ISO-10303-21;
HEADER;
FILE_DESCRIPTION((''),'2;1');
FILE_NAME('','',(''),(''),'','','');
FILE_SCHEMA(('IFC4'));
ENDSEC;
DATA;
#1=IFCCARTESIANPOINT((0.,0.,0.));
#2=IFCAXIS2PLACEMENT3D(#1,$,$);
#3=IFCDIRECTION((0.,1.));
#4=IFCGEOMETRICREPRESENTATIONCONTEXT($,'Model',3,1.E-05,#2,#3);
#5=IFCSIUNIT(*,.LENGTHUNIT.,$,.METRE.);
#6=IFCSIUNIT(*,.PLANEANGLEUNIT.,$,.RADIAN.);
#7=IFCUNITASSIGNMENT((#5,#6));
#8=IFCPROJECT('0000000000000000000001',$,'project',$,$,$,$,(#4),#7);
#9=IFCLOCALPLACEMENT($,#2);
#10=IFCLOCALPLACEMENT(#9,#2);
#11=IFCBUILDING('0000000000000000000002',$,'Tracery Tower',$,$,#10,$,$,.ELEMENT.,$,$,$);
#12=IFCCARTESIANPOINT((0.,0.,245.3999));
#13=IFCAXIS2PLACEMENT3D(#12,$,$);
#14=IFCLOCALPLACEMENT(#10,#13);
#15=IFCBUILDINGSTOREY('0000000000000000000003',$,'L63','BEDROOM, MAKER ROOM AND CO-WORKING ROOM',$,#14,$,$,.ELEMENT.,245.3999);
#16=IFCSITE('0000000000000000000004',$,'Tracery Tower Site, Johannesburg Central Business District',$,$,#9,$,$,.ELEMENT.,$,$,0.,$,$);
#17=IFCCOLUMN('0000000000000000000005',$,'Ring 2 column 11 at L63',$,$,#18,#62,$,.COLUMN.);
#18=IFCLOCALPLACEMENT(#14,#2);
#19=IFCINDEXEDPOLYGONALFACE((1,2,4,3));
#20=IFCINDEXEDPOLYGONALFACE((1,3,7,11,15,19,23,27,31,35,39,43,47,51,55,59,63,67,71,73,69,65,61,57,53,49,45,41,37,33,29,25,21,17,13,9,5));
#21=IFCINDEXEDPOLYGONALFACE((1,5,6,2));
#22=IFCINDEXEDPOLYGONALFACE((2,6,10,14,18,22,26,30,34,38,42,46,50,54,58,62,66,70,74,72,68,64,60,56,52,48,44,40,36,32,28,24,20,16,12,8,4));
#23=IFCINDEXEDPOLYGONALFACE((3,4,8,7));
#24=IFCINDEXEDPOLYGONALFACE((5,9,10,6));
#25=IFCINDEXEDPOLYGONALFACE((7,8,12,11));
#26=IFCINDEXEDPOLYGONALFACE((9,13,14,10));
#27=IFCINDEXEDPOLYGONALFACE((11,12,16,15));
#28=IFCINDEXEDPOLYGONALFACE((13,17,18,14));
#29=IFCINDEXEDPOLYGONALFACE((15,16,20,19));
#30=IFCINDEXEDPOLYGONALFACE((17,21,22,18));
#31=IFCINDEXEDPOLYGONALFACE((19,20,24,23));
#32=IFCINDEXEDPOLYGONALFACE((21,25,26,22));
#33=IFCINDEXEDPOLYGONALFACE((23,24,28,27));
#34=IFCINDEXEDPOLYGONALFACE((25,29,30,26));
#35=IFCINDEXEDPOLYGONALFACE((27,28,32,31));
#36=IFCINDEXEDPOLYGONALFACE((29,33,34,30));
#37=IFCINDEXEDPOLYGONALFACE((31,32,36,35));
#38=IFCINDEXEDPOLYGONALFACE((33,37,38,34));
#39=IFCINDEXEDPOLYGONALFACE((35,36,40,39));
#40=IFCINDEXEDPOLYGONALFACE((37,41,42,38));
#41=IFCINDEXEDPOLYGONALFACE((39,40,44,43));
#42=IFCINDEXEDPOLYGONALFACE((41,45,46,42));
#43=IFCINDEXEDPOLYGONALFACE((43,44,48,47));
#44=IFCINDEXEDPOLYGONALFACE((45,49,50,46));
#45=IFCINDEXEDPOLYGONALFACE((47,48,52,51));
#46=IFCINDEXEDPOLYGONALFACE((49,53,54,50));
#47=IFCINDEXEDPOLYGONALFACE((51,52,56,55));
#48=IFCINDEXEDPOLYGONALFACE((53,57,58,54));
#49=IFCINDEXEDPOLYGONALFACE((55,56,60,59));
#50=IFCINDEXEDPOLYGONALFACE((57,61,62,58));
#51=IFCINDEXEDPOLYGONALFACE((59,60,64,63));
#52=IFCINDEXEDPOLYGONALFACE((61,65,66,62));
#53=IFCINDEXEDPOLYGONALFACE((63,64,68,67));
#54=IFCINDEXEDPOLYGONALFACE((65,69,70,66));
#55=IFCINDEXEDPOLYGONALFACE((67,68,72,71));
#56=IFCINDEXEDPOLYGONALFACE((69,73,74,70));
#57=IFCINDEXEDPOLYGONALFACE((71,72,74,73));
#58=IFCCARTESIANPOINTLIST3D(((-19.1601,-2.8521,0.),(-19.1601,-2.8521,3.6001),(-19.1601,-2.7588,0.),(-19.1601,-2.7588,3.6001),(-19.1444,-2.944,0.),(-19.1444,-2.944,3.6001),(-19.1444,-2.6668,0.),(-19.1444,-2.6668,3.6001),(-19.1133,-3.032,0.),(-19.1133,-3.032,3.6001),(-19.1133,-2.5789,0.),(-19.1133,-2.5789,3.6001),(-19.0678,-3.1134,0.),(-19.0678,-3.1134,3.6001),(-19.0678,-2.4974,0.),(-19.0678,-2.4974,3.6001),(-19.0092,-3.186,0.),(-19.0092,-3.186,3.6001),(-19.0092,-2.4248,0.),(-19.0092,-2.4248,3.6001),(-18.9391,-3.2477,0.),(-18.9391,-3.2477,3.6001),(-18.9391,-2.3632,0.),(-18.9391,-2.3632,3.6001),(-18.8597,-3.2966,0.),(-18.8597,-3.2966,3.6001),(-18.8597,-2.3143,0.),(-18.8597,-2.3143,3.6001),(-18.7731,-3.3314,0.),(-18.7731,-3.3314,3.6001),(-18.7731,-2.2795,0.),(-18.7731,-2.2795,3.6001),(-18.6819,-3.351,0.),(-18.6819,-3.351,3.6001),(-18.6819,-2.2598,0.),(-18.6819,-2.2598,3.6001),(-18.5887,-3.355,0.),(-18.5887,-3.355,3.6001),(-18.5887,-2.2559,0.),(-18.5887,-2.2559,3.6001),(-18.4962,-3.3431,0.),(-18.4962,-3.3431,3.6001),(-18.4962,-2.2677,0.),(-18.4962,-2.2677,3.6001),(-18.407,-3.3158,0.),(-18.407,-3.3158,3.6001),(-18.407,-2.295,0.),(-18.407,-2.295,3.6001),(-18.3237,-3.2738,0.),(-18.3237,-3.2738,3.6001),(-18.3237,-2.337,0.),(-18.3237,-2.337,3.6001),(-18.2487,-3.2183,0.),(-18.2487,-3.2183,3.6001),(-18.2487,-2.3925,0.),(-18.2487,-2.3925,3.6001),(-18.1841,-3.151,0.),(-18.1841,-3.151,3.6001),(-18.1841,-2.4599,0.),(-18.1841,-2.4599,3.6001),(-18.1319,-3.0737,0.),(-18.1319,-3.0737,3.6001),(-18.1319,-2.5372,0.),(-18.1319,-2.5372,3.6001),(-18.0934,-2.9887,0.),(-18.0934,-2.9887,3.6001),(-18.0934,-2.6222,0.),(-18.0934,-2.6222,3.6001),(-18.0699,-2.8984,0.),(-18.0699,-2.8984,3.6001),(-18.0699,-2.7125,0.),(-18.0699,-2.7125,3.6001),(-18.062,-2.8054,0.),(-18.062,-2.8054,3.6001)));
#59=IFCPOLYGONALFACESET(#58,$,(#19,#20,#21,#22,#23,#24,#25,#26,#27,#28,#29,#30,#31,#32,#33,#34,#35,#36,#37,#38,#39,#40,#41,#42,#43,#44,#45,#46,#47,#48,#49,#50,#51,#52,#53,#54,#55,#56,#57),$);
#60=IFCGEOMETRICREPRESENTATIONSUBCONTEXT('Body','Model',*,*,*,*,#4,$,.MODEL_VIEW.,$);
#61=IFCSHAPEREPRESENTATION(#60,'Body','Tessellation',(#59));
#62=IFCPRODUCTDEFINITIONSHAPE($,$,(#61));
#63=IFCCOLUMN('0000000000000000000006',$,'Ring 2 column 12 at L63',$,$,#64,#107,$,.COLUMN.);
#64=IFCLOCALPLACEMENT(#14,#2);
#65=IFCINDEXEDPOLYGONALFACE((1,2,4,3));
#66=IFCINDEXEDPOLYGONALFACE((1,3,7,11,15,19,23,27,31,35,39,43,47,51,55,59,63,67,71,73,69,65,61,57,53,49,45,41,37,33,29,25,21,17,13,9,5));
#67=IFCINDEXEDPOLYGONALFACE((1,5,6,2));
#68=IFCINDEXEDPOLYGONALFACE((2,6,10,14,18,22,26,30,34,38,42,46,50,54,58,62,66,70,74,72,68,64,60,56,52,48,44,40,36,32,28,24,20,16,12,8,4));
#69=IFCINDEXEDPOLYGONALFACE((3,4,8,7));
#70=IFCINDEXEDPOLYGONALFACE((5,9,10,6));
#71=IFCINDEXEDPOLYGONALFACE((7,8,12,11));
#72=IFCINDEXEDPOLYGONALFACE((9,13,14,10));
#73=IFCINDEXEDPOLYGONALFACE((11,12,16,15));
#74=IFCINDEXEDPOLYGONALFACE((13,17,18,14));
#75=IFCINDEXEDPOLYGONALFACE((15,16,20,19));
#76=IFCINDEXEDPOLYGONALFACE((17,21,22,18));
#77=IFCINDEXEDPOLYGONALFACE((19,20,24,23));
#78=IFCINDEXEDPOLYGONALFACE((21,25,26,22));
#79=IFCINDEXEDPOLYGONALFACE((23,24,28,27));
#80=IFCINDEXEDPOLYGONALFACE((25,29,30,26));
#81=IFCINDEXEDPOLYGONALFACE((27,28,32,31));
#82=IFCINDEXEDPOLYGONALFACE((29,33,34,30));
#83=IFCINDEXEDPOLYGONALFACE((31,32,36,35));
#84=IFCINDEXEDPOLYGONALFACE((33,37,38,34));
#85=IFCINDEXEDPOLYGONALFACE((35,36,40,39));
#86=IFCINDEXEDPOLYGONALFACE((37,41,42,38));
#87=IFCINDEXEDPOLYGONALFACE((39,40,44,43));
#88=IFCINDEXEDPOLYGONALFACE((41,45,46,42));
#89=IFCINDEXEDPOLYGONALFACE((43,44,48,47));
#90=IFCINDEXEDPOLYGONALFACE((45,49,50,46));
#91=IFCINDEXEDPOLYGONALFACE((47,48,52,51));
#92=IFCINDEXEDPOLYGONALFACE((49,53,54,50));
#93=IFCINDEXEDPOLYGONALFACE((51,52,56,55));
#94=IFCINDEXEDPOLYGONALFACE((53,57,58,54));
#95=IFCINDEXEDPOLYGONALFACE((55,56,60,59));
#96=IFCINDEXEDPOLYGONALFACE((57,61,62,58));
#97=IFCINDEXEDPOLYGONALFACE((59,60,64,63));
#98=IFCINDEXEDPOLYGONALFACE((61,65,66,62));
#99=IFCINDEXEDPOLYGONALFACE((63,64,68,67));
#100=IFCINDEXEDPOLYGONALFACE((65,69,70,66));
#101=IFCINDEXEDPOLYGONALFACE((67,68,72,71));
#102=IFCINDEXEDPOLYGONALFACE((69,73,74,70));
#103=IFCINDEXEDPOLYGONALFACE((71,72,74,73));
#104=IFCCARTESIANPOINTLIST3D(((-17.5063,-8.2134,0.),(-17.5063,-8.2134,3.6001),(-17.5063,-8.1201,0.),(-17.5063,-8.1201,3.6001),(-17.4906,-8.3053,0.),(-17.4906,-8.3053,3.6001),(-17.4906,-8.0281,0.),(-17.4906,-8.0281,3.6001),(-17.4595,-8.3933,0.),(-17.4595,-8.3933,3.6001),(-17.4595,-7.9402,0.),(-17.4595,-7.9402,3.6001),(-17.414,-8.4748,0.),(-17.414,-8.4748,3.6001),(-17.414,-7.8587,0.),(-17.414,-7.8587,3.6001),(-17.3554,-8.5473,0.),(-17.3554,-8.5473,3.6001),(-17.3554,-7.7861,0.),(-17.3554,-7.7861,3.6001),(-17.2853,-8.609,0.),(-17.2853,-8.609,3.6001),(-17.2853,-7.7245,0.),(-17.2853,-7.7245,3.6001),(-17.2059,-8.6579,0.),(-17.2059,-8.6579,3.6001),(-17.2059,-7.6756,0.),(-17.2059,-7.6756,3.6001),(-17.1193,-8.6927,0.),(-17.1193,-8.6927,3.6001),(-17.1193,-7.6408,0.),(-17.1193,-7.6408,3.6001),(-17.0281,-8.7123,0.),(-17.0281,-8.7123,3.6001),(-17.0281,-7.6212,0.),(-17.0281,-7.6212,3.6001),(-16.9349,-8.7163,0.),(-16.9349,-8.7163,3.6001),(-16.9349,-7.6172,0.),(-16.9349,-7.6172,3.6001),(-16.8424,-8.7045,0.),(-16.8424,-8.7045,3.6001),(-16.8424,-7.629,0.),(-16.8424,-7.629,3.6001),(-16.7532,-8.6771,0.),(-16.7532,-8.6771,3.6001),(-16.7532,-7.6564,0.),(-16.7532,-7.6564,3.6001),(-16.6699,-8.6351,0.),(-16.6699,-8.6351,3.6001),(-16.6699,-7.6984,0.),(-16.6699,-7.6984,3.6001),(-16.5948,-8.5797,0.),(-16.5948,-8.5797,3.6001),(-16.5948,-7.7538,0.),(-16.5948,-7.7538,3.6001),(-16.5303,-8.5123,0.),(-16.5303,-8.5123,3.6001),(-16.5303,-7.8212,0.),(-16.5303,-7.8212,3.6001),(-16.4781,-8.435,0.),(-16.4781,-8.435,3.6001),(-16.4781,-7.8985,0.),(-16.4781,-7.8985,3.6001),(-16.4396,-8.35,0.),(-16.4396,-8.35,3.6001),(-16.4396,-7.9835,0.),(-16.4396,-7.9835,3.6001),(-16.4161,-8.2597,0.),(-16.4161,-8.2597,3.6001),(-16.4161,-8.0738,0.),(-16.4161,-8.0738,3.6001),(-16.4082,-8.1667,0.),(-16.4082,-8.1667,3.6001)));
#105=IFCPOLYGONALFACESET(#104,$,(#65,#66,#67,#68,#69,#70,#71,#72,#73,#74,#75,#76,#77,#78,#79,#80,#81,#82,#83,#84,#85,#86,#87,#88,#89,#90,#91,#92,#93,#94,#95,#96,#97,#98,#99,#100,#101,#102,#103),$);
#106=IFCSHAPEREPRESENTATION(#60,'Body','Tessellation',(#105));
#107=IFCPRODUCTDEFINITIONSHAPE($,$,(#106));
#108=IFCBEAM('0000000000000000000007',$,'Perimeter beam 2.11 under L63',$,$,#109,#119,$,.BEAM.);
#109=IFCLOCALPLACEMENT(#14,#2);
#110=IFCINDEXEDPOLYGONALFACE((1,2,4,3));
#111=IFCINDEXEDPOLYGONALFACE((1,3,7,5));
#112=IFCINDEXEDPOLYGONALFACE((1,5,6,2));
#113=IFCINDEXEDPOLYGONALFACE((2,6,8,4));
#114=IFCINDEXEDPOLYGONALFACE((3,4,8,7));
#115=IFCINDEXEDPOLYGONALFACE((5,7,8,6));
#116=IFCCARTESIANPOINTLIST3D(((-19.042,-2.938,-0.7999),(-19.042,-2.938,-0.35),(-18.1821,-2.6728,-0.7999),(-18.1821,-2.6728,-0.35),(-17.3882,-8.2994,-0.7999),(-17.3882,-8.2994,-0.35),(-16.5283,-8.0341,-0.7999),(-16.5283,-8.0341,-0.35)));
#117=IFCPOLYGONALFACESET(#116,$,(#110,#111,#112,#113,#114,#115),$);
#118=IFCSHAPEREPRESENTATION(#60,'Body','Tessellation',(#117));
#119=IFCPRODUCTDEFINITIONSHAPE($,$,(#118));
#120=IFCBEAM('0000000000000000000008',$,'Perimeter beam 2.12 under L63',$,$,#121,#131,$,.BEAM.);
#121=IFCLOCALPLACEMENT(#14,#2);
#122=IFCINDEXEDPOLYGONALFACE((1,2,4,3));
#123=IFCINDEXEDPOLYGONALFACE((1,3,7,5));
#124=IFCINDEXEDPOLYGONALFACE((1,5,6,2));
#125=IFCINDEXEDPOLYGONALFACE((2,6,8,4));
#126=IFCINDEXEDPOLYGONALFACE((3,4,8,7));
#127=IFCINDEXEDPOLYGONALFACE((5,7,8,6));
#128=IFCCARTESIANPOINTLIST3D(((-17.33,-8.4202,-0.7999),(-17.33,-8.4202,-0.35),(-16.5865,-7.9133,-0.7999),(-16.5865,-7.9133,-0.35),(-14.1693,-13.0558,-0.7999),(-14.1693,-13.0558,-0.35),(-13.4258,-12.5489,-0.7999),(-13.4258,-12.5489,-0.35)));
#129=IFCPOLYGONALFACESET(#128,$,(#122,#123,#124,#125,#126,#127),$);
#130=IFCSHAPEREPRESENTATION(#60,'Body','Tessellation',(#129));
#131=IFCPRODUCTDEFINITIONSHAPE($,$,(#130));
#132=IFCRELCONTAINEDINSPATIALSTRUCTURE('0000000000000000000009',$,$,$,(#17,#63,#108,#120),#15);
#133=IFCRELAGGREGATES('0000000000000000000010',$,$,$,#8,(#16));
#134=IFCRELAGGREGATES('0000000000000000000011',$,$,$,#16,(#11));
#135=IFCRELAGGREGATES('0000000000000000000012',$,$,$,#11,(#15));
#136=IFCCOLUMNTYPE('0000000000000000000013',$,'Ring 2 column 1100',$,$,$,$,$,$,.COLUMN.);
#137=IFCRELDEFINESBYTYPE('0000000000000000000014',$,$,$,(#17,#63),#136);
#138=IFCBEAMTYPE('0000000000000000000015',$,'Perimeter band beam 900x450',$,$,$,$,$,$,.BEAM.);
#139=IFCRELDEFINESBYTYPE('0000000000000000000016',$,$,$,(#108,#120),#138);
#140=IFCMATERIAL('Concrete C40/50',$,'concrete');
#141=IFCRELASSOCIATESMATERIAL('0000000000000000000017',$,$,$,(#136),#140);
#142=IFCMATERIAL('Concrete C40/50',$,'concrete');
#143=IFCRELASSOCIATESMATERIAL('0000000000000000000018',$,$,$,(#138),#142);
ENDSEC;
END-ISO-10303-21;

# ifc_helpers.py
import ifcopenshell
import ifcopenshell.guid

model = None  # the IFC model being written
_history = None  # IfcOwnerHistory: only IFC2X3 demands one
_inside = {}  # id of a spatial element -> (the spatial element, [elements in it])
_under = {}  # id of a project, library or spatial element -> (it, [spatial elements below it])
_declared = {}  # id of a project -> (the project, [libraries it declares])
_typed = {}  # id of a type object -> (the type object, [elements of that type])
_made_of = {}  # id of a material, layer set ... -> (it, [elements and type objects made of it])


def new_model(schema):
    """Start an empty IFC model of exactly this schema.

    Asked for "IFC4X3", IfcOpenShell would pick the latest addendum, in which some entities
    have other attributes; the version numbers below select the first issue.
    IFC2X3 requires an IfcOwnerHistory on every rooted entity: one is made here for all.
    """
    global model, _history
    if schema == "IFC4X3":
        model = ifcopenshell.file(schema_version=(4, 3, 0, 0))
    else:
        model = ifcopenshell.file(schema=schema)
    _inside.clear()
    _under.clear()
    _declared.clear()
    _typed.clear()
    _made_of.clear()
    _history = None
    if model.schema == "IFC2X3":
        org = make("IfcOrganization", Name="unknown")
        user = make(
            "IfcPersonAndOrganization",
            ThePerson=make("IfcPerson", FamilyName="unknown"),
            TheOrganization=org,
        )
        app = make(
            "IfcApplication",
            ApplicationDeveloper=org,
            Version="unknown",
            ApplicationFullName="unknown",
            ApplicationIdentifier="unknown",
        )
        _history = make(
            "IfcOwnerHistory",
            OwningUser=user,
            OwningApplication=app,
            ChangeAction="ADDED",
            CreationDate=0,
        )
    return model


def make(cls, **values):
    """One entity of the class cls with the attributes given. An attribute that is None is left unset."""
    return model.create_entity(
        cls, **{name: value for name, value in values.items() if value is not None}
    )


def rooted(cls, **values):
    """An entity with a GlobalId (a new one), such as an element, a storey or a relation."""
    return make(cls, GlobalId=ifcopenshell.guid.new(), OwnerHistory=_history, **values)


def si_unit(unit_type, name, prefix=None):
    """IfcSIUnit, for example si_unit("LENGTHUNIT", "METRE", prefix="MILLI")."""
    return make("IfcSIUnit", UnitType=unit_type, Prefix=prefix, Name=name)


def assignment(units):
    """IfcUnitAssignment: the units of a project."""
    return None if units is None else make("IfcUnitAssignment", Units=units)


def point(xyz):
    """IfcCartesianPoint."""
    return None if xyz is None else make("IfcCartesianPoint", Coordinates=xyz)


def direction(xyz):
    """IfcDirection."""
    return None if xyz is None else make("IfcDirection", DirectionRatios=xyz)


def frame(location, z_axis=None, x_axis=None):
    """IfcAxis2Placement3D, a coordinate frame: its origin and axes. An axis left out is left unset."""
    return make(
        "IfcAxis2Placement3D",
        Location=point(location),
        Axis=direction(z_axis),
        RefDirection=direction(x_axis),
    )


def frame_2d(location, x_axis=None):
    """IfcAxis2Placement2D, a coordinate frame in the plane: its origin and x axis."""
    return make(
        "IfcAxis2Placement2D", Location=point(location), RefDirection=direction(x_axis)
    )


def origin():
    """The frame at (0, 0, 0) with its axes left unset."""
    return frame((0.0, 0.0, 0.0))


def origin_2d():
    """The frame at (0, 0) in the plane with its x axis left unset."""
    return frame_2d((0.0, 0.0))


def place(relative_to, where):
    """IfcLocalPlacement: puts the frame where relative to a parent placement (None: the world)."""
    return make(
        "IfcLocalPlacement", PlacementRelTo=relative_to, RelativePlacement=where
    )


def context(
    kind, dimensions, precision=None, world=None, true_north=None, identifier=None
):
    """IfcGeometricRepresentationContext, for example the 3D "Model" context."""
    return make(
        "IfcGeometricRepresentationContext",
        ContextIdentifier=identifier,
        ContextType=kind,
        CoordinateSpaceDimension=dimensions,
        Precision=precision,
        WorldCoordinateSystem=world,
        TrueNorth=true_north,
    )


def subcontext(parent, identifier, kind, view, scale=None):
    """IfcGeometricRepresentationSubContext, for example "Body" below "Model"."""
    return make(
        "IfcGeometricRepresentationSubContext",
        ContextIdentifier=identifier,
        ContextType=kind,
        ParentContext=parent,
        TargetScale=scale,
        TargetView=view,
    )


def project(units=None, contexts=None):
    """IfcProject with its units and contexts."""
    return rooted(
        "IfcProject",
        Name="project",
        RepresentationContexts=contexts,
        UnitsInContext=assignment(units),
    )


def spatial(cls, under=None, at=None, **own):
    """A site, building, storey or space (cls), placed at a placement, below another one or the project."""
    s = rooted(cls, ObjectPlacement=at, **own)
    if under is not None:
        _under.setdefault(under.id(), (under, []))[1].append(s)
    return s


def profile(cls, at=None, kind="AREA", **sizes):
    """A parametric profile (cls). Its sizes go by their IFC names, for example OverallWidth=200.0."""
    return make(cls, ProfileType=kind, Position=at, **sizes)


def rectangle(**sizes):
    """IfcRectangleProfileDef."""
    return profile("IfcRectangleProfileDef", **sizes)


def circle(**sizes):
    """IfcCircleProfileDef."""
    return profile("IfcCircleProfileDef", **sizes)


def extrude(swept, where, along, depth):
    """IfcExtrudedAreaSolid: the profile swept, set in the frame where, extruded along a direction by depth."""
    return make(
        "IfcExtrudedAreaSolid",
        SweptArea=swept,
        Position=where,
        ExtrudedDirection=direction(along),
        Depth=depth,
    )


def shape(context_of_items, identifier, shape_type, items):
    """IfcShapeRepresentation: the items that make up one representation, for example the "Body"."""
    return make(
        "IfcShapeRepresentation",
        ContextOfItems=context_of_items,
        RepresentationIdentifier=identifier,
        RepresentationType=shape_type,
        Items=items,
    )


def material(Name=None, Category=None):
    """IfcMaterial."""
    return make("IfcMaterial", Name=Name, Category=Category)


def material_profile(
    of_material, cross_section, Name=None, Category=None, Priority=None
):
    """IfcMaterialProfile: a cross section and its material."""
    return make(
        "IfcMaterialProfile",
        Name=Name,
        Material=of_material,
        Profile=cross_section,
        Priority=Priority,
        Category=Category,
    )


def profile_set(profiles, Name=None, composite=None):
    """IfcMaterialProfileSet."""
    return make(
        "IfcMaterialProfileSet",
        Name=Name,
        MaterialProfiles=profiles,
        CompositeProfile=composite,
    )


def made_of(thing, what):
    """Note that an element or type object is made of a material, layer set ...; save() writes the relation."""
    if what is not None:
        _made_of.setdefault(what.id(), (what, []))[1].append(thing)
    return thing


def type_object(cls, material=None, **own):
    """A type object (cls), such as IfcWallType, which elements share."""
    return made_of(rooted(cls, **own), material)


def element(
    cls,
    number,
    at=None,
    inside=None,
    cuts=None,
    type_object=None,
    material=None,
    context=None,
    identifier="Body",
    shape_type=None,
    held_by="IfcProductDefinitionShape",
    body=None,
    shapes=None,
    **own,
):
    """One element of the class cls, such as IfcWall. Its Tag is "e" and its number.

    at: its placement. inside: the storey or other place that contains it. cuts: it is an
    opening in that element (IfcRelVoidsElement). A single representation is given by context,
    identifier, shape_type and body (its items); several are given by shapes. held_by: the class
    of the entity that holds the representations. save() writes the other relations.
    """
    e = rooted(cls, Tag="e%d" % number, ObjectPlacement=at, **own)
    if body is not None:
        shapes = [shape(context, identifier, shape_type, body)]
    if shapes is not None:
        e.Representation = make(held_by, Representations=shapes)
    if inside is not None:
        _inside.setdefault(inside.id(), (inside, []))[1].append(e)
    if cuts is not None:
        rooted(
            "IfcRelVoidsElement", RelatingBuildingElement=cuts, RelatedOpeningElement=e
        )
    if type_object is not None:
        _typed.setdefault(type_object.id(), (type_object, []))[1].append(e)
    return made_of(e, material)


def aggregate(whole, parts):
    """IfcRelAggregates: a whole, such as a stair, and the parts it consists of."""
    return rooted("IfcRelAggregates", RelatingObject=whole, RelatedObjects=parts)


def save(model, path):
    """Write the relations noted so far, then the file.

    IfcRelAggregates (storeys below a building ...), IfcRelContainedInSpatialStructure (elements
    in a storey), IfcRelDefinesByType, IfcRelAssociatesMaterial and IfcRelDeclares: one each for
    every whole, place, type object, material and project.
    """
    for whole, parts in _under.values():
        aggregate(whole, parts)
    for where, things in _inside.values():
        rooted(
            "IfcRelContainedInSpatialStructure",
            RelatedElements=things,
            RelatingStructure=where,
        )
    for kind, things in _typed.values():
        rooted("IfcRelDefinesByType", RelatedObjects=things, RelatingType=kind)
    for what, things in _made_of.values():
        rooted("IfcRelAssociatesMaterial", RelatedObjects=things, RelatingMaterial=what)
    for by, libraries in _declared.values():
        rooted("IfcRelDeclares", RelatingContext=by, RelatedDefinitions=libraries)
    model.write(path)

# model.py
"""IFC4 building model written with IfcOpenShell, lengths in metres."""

from ifc_helpers import new_model, si_unit, direction, frame, origin, origin_2d, place, context, subcontext, project, spatial, rectangle, circle, extrude, material, material_profile, profile_set, type_object, element, save


model = new_model("IFC4")

# Units and contexts
model_context = context("Model", 3, precision=1e-05, world=origin(), true_north=direction((0.0, 1.0)))
body_context = subcontext(model_context, "Body", "Model", "MODEL_VIEW")
ifc_project = project(units=[si_unit("LENGTHUNIT", "METRE"), si_unit("PLANEANGLEUNIT", "RADIAN")], contexts=[model_context])

# Site, building, storey
site_placement = place(None, origin())
site = spatial("IfcSite", under=ifc_project, at=site_placement, Name="Tracery Tower Site, Johannesburg Central Business District", CompositionType="ELEMENT", RefElevation=0.0)
building_placement = place(site_placement, origin())
building = spatial("IfcBuilding", under=site, at=building_placement, Name="Tracery Tower", CompositionType="ELEMENT")
storey_placement = place(building_placement, frame((0.0, 0.0, 245.3999)))
storey = spatial("IfcBuildingStorey", under=building, at=storey_placement, Name="L63", Description="BEDROOM, MAKER ROOM AND CO-WORKING ROOM", CompositionType="ELEMENT", Elevation=245.3999)

# Columns
ifc_material_1 = material(Name="Concrete C40/50", Category="concrete")
ifc_material_profile_1 = material_profile(ifc_material_1, circle(Radius=0.55, at=origin_2d()), Name="RC D1100")
ifc_profile_set_1 = profile_set([ifc_material_profile_1], Name="Concrete C40/50")
column_type = type_object("IfcColumnType", Name="Ring 2 column 1100", PredefinedType="COLUMN", material=ifc_profile_set_1)
for number, where, z_axis, x_axis, name in (
    (1, (-18.6121, -2.8054, 0.0), (0.0, 0.0, 1.0), (1.0, 0.0, 0.0), "Ring 2 column 11 at L63"),
    (2, (-16.9583, -8.1667, 0.0), (0.0, 0.0, 1.0), (1.0, 0.0, 0.0), "Ring 2 column 12 at L63"),
):
    element("IfcColumn", number, at=place(storey_placement, frame(where, z_axis=z_axis, x_axis=x_axis)), inside=storey, type_object=column_type, Name=name, PredefinedType="COLUMN", context=body_context, shape_type="SweptSolid", body=[
        extrude(circle(Radius=0.55, at=origin_2d()), origin(), (0.0, 0.0, 1.0), 3.6001),
    ])

# Beams
ifc_material_2 = material(Name="Concrete C40/50", Category="concrete")
ifc_material_profile_2 = material_profile(ifc_material_2, rectangle(XDim=0.8999, YDim=0.45, at=origin_2d()), Name="RC 900x450")
ifc_profile_set_2 = profile_set([ifc_material_profile_2], Name="Concrete C40/50")
beam_type = type_object("IfcBeamType", Name="Perimeter band beam 900x450", PredefinedType="BEAM", material=ifc_profile_set_2)
for number, where, z_axis, x_axis, name in (
    (3, (-18.6121, -2.8054, -0.575), (0.294765, -0.95557, 0.0), (0.95557, 0.294765, 0.0), "Perimeter beam 2.11 under L63"),
    (4, (-16.9583, -8.1667, -0.575), (0.563346, -0.826221, 0.0), (0.826221, 0.563346, 0.0), "Perimeter beam 2.12 under L63"),
):
    element("IfcBeam", number, at=place(storey_placement, frame(where, z_axis=z_axis, x_axis=x_axis)), inside=storey, type_object=beam_type, Name=name, PredefinedType="BEAM", context=body_context, shape_type="SweptSolid", body=[
        extrude(rectangle(XDim=0.8999, YDim=0.45, at=origin_2d()), origin(), (0.0, 0.0, 1.0), 5.6106),
    ])

save(model, "model.ifc")
